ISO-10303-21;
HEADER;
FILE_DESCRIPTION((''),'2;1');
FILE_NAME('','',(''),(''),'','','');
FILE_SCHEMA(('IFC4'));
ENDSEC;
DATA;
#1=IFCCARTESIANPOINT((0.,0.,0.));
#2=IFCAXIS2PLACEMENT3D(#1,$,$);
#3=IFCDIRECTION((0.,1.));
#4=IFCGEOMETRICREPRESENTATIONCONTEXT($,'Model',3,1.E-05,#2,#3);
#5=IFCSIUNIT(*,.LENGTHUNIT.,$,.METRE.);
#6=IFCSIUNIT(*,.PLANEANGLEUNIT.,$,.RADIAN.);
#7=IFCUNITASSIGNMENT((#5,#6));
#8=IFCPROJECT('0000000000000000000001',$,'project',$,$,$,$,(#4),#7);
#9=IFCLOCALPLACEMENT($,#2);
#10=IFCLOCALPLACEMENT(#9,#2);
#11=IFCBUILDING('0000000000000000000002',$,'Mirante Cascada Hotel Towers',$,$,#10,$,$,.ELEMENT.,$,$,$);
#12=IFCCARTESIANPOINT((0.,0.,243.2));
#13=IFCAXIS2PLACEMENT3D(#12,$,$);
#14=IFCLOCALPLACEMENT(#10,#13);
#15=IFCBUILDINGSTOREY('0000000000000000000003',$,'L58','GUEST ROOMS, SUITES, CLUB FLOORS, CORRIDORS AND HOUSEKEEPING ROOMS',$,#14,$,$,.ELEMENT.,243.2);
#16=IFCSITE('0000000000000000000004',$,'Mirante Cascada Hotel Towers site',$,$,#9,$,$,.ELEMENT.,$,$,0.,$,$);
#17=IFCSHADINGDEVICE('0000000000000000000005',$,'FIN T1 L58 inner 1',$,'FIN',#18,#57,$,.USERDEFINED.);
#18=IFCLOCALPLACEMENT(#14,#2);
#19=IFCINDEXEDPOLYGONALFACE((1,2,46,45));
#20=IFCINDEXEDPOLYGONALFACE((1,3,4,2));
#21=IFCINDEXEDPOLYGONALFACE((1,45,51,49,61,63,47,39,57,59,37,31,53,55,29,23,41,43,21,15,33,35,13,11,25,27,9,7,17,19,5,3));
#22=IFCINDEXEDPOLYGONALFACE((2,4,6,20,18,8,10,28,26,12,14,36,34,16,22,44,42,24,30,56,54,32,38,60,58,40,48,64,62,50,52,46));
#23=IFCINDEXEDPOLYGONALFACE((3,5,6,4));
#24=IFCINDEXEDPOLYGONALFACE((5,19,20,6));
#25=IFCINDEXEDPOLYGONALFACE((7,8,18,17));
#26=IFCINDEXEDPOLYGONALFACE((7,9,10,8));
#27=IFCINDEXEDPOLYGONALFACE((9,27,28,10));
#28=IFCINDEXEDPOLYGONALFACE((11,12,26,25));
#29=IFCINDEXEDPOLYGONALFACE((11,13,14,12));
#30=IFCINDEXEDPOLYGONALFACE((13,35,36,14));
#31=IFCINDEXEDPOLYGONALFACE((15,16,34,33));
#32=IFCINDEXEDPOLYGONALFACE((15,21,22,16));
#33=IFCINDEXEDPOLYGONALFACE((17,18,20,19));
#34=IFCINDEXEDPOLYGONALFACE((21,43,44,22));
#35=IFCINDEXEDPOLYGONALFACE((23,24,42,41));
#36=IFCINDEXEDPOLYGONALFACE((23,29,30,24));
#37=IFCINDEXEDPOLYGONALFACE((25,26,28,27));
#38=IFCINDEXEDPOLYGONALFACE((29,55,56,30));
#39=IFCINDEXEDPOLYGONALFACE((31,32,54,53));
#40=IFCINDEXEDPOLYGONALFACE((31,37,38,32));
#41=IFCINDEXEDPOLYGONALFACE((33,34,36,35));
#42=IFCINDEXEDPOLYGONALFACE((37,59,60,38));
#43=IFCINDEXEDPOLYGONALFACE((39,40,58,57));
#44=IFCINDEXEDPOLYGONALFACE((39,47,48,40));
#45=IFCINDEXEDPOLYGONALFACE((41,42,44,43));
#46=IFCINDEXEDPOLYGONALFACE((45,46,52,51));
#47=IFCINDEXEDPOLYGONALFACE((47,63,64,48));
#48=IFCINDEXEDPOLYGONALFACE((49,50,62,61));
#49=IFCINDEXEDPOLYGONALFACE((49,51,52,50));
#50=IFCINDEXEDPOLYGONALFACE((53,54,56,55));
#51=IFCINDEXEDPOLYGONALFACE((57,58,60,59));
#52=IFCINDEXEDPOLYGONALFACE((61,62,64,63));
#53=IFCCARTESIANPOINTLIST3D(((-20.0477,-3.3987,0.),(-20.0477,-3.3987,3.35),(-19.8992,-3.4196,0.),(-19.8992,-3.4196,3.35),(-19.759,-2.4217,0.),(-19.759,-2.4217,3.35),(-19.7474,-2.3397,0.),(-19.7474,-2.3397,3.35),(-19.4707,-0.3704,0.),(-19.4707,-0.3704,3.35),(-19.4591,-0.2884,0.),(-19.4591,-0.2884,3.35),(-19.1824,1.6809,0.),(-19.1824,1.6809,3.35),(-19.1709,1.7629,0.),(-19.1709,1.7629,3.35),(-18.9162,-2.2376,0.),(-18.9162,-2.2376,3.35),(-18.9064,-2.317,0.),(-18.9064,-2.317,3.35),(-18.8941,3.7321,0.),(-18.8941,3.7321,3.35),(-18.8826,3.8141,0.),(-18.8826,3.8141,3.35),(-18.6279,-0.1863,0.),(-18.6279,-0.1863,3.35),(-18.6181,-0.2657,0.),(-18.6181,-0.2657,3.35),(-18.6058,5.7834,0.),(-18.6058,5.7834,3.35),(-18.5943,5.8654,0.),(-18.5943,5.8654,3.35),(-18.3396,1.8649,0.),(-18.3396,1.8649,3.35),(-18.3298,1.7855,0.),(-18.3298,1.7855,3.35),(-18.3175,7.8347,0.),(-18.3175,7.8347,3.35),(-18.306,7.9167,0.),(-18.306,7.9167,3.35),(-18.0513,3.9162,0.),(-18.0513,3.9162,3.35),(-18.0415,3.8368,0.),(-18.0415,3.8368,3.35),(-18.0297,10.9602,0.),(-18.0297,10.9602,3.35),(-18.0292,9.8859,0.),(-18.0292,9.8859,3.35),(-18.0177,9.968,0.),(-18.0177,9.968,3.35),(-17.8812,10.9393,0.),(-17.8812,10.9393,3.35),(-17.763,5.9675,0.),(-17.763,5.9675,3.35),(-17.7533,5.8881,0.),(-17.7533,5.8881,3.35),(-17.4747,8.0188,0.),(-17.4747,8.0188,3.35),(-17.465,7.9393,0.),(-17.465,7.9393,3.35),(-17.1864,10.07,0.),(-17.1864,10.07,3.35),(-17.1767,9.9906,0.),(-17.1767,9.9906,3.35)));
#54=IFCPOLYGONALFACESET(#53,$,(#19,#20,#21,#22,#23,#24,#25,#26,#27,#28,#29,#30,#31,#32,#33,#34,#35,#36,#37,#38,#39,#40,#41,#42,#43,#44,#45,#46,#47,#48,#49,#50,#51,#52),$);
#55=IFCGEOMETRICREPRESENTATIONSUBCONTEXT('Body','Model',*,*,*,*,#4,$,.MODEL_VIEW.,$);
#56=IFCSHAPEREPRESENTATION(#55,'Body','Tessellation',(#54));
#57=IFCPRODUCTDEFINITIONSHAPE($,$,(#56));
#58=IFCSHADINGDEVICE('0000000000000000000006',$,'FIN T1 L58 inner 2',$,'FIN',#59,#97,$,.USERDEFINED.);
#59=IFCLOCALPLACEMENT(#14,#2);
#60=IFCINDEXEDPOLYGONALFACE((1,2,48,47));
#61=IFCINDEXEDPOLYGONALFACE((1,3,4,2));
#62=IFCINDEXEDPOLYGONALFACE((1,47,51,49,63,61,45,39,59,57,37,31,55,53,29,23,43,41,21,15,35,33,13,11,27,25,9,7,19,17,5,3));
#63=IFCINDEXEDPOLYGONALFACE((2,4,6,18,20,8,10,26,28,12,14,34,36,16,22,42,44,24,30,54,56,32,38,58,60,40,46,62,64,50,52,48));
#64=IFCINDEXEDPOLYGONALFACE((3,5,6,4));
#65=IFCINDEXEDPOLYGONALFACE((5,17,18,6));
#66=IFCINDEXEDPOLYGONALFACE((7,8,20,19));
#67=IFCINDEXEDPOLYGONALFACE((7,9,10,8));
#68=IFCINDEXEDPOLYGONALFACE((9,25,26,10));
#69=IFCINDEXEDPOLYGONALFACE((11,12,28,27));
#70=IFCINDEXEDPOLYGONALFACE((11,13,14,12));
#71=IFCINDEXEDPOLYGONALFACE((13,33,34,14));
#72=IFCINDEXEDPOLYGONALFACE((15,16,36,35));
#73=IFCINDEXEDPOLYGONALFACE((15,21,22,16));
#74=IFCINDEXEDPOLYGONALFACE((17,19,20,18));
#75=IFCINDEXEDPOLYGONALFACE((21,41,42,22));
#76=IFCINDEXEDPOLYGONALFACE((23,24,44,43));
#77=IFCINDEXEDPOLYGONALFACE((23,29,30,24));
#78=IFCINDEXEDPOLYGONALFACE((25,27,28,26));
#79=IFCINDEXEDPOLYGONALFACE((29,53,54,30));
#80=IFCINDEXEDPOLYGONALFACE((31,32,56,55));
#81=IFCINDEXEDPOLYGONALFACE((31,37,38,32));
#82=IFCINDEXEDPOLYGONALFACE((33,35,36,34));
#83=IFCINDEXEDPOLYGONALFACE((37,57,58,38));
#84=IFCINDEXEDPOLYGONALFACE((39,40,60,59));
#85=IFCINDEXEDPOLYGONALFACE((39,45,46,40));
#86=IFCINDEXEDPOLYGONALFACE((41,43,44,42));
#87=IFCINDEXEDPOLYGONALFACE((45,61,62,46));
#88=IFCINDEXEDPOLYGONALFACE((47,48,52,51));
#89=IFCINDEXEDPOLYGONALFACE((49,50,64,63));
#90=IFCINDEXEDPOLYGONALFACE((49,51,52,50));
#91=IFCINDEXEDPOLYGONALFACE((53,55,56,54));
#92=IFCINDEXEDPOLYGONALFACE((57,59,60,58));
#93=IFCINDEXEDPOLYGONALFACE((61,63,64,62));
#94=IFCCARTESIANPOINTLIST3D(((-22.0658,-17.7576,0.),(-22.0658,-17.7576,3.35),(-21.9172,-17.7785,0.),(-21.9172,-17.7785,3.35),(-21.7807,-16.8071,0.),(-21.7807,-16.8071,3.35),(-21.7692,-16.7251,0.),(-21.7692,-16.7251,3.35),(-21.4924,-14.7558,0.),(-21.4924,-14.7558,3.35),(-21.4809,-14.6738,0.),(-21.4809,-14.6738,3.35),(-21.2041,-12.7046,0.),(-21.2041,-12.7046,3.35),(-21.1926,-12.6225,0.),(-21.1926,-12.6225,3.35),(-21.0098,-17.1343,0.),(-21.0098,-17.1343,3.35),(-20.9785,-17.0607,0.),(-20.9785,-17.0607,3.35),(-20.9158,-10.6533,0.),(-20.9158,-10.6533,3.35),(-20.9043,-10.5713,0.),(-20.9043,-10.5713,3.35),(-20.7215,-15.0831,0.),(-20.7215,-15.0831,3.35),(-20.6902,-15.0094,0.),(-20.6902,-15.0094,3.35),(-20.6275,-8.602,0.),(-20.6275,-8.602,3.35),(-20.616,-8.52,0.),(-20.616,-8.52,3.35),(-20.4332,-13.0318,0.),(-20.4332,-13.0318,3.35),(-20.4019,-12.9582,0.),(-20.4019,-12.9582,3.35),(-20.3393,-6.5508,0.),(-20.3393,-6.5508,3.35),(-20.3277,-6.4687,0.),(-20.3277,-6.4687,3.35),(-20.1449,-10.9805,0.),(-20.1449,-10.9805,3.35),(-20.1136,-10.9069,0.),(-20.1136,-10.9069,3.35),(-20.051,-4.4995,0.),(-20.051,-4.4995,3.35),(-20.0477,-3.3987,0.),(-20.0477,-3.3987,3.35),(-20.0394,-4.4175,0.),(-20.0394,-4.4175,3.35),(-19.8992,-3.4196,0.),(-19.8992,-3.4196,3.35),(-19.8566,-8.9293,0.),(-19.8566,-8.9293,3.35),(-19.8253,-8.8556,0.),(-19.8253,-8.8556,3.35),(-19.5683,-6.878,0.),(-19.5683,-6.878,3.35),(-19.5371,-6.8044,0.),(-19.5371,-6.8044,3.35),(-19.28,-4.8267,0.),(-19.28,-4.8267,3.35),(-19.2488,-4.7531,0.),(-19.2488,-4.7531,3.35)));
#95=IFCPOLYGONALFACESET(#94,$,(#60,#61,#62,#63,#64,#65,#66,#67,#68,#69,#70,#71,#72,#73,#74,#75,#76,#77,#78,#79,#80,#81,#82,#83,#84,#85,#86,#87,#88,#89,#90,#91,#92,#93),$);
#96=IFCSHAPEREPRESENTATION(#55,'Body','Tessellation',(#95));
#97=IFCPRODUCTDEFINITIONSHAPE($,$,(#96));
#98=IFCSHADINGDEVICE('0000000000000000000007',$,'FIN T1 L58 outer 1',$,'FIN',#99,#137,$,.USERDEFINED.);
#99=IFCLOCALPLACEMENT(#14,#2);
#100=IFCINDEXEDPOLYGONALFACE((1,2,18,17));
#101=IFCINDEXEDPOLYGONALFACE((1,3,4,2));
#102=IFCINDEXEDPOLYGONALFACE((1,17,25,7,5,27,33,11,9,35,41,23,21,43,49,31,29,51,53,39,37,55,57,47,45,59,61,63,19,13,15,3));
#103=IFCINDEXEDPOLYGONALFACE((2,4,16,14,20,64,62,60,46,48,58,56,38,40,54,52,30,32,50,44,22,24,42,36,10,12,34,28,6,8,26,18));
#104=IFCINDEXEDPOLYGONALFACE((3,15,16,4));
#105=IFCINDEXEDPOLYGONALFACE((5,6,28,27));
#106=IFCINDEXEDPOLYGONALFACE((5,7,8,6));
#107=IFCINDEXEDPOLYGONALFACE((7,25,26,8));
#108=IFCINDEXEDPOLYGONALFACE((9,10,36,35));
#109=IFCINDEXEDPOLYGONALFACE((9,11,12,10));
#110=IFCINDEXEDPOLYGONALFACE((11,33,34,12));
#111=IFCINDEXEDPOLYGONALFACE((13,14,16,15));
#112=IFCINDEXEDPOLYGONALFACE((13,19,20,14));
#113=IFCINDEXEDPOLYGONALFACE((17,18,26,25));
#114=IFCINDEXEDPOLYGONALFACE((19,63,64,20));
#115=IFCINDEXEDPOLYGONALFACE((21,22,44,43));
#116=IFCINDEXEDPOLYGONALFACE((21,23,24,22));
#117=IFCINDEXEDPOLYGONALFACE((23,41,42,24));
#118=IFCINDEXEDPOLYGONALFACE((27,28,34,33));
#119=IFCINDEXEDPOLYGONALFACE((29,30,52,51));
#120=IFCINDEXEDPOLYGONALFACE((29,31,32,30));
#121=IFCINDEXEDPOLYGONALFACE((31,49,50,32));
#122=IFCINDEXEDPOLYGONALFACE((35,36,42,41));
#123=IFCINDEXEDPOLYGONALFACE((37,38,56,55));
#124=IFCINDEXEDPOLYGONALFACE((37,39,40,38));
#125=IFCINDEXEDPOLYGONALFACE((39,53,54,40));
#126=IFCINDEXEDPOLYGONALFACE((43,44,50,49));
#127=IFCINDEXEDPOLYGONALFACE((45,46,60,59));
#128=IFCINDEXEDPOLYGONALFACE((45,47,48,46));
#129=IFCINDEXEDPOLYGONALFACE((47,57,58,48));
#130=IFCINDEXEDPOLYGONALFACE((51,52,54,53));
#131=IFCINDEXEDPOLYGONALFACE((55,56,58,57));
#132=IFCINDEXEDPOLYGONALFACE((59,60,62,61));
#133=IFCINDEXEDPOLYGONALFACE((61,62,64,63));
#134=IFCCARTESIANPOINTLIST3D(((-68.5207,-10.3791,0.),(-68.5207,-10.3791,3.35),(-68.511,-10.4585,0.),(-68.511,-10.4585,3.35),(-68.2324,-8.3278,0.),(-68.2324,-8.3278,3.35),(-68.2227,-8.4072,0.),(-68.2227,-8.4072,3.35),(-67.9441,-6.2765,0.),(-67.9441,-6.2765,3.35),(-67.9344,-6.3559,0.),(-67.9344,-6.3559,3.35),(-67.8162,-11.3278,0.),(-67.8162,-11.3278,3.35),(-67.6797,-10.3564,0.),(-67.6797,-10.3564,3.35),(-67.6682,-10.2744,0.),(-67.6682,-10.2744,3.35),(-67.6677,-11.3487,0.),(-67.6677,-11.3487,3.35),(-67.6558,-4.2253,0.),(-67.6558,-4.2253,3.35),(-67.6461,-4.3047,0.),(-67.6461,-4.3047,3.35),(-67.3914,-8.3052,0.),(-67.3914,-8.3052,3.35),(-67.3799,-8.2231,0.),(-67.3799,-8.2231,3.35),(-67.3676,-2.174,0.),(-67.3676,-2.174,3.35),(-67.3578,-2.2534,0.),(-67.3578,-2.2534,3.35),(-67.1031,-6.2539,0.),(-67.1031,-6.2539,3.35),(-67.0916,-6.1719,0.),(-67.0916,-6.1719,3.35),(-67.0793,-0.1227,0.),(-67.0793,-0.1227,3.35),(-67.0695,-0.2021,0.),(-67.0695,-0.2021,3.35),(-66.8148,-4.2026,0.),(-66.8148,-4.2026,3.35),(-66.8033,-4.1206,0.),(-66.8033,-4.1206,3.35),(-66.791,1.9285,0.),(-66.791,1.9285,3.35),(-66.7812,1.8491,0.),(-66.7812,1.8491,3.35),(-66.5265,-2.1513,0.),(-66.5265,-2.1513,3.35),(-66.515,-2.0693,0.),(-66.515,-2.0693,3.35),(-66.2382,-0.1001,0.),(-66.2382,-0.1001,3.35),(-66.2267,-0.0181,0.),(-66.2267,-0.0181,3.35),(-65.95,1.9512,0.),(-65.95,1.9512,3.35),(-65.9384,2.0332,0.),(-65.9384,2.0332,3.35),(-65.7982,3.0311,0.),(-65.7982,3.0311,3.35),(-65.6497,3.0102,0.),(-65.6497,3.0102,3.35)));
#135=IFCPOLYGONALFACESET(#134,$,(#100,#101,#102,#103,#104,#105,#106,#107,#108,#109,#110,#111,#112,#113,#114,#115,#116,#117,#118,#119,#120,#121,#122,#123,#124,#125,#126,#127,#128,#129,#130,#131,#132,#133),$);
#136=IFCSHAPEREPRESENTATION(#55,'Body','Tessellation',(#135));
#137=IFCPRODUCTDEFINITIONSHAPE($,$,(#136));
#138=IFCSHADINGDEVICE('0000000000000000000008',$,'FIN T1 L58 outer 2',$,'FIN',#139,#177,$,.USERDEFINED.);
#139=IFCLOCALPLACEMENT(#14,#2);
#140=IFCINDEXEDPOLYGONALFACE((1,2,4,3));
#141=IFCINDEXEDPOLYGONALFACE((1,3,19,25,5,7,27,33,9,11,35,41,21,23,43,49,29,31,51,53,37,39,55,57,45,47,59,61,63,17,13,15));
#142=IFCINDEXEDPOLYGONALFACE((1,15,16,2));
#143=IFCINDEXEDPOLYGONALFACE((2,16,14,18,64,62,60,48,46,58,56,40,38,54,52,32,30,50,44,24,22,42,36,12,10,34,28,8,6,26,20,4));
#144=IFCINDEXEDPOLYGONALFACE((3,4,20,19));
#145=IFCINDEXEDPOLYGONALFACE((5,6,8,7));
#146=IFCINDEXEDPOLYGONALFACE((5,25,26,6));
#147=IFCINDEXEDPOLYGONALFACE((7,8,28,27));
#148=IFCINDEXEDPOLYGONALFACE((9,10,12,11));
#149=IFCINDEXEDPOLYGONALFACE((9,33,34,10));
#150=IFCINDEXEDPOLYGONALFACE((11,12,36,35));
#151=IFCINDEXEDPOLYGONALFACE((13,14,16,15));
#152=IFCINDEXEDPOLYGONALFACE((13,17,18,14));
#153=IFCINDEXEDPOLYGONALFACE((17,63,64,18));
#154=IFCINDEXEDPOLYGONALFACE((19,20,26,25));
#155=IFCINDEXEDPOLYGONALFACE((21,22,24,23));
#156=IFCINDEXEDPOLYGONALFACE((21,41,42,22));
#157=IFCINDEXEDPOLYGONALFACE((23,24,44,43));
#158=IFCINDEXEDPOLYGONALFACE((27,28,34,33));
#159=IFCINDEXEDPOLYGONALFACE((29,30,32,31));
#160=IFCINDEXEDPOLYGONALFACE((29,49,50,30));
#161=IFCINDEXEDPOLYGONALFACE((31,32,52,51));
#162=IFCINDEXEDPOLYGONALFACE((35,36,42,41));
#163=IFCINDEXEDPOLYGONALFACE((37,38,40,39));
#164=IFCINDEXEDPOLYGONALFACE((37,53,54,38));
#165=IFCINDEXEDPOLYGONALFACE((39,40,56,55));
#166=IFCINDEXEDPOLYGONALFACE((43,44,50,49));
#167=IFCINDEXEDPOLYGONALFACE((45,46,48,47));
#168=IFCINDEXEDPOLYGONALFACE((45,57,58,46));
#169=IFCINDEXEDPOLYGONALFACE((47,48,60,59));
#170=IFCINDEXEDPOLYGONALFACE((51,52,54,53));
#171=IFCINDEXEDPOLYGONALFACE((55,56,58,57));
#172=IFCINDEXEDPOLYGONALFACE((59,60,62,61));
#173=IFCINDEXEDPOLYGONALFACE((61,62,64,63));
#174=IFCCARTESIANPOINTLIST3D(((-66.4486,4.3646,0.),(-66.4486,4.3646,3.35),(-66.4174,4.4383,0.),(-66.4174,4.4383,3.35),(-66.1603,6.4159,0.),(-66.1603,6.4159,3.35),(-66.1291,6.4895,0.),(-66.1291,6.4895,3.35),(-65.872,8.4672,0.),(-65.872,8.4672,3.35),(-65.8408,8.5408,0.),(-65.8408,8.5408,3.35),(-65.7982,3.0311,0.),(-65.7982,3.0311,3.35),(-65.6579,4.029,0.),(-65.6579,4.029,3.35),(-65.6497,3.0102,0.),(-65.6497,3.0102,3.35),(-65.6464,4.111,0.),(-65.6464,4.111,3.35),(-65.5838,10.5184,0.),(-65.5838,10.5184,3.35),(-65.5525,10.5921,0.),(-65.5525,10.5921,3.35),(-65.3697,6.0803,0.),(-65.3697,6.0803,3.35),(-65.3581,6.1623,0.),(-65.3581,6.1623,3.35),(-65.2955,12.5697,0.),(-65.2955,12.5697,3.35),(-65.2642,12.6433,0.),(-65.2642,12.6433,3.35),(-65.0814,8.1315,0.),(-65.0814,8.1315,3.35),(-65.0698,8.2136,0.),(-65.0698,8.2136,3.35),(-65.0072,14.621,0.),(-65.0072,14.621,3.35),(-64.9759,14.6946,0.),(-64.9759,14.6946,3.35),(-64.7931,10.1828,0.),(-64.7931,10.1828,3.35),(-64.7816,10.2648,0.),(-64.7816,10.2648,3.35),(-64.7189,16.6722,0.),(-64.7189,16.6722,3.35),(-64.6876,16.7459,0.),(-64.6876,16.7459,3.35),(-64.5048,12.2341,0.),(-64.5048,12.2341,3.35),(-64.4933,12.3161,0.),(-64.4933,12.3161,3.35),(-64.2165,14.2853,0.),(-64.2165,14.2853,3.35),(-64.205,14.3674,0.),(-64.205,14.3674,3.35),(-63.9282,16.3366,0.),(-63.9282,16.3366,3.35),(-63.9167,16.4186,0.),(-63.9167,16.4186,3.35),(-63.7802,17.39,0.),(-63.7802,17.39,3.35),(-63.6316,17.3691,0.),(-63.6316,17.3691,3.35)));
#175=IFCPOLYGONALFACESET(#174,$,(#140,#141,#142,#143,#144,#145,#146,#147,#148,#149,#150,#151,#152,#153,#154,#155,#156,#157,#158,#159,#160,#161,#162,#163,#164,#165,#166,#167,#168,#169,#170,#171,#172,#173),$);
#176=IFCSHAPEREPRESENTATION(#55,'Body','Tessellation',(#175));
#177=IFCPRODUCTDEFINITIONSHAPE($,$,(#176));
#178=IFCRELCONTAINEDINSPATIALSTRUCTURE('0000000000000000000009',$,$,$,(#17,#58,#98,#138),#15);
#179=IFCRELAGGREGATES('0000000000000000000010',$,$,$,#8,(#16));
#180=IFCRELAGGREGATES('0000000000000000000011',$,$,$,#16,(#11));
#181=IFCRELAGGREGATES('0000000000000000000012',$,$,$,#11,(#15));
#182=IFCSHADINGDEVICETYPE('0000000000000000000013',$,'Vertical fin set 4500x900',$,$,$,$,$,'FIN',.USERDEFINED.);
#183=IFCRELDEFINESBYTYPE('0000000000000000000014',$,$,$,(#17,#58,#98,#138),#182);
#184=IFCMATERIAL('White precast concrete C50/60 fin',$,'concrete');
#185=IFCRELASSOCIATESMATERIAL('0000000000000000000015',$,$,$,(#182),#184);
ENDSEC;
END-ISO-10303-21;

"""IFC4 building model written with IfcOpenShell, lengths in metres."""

from ifc_helpers import new_model, si_unit, direction, frame, origin, place, context, subcontext, project, spatial, polyline, outline, extrude, material, type_object, element, save


model = new_model("IFC4")

# Units and contexts
model_context = context("Model", 3, precision=1e-05, world=origin(), true_north=direction((0.0, 1.0)))
body_context = subcontext(model_context, "Body", "Model", "MODEL_VIEW")
ifc_project = project(units=[si_unit("LENGTHUNIT", "METRE"), si_unit("PLANEANGLEUNIT", "RADIAN")], contexts=[model_context])

# Site, building, storey
site_placement = place(None, origin())
site = spatial("IfcSite", under=ifc_project, at=site_placement, Name="Mirante Cascada Hotel Towers site", CompositionType="ELEMENT", RefElevation=0.0)
building_placement = place(site_placement, origin())
building = spatial("IfcBuilding", under=site, at=building_placement, Name="Mirante Cascada Hotel Towers", CompositionType="ELEMENT")
storey_placement = place(building_placement, frame((0.0, 0.0, 243.2)))
storey = spatial("IfcBuildingStorey", under=building, at=storey_placement, Name="L58", Description="GUEST ROOMS, SUITES, CLUB FLOORS, CORRIDORS AND HOUSEKEEPING ROOMS", CompositionType="ELEMENT", Elevation=243.2)

# Shading devices
ifc_material_1 = material(Name="White precast concrete C50/60 fin", Category="concrete")
shading_device_type = type_object("IfcShadingDeviceType", Name="Vertical fin set 4500x900", ElementType="FIN", PredefinedType="USERDEFINED", material=ifc_material_1)
shading_device_1_placement = place(storey_placement, origin())
element("IfcShadingDevice", 1, at=shading_device_1_placement, inside=storey, type_object=shading_device_type, Name="FIN T1 L58 inner 1", ObjectType="FIN", PredefinedType="USERDEFINED", context=body_context, shape_type="SweptSolid", body=[
    extrude(outline(polyline([(-19.759, -2.4217), (-19.8992, -3.4196), (-20.0477, -3.3987), (-18.0297, 10.9602), (-17.8812, 10.9393), (-18.0177, 9.968), (-17.1864, 10.07), (-17.1767, 9.9906), (-18.0292, 9.8859), (-18.306, 7.9167), (-17.4747, 8.0188), (-17.465, 7.9393), (-18.3175, 7.8347), (-18.5943, 5.8654), (-17.763, 5.9675), (-17.7533, 5.8881), (-18.6058, 5.7834), (-18.8826, 3.8141), (-18.0513, 3.9162), (-18.0415, 3.8368), (-18.8941, 3.7321), (-19.1709, 1.7629), (-18.3396, 1.8649), (-18.3298, 1.7855), (-19.1824, 1.6809), (-19.4591, -0.2884), (-18.6279, -0.1863), (-18.6181, -0.2657), (-19.4707, -0.3704), (-19.7474, -2.3397), (-18.9162, -2.2376), (-18.9064, -2.317), (-19.759, -2.4217)])), origin(), (0.0, 0.0, 1.0), 3.35),
])
shading_device_2_placement = place(storey_placement, origin())
element("IfcShadingDevice", 2, at=shading_device_2_placement, inside=storey, type_object=shading_device_type, Name="FIN T1 L58 inner 2", ObjectType="FIN", PredefinedType="USERDEFINED", context=body_context, shape_type="SweptSolid", body=[
    extrude(outline(polyline([(-21.7807, -16.8071), (-21.9172, -17.7785), (-22.0658, -17.7576), (-20.0477, -3.3987), (-19.8992, -3.4196), (-20.0394, -4.4175), (-19.2488, -4.7531), (-19.28, -4.8267), (-20.051, -4.4995), (-20.3277, -6.4687), (-19.5371, -6.8044), (-19.5683, -6.878), (-20.3393, -6.5508), (-20.616, -8.52), (-19.8253, -8.8556), (-19.8566, -8.9293), (-20.6275, -8.602), (-20.9043, -10.5713), (-20.1136, -10.9069), (-20.1449, -10.9805), (-20.9158, -10.6533), (-21.1926, -12.6225), (-20.4019, -12.9582), (-20.4332, -13.0318), (-21.2041, -12.7046), (-21.4809, -14.6738), (-20.6902, -15.0094), (-20.7215, -15.0831), (-21.4924, -14.7558), (-21.7692, -16.7251), (-20.9785, -17.0607), (-21.0098, -17.1343), (-21.7807, -16.8071)])), origin(), (0.0, 0.0, 1.0), 3.35),
])
shading_device_3_placement = place(storey_placement, origin())
element("IfcShadingDevice", 3, at=shading_device_3_placement, inside=storey, type_object=shading_device_type, Name="FIN T1 L58 outer 1", ObjectType="FIN", PredefinedType="USERDEFINED", context=body_context, shape_type="SweptSolid", body=[
    extrude(outline(polyline([(-67.6682, -10.2744), (-67.3914, -8.3052), (-68.2227, -8.4072), (-68.2324, -8.3278), (-67.3799, -8.2231), (-67.1031, -6.2539), (-67.9344, -6.3559), (-67.9441, -6.2765), (-67.0916, -6.1719), (-66.8148, -4.2026), (-67.6461, -4.3047), (-67.6558, -4.2253), (-66.8033, -4.1206), (-66.5265, -2.1513), (-67.3578, -2.2534), (-67.3676, -2.174), (-66.515, -2.0693), (-66.2382, -0.1001), (-67.0695, -0.2021), (-67.0793, -0.1227), (-66.2267, -0.0181), (-65.95, 1.9512), (-66.7812, 1.8491), (-66.791, 1.9285), (-65.9384, 2.0332), (-65.7982, 3.0311), (-65.6497, 3.0102), (-67.6677, -11.3487), (-67.8162, -11.3278), (-67.6797, -10.3564), (-68.511, -10.4585), (-68.5207, -10.3791), (-67.6682, -10.2744)])), origin(), (0.0, 0.0, 1.0), 3.35),
])
shading_device_4_placement = place(storey_placement, origin())
element("IfcShadingDevice", 4, at=shading_device_4_placement, inside=storey, type_object=shading_device_type, Name="FIN T1 L58 outer 2", ObjectType="FIN", PredefinedType="USERDEFINED", context=body_context, shape_type="SweptSolid", body=[
    extrude(outline(polyline([(-65.6464, 4.111), (-65.3697, 6.0803), (-66.1603, 6.4159), (-66.1291, 6.4895), (-65.3581, 6.1623), (-65.0814, 8.1315), (-65.872, 8.4672), (-65.8408, 8.5408), (-65.0698, 8.2136), (-64.7931, 10.1828), (-65.5838, 10.5184), (-65.5525, 10.5921), (-64.7816, 10.2648), (-64.5048, 12.2341), (-65.2955, 12.5697), (-65.2642, 12.6433), (-64.4933, 12.3161), (-64.2165, 14.2853), (-65.0072, 14.621), (-64.9759, 14.6946), (-64.205, 14.3674), (-63.9282, 16.3366), (-64.7189, 16.6722), (-64.6876, 16.7459), (-63.9167, 16.4186), (-63.7802, 17.39), (-63.6316, 17.3691), (-65.6497, 3.0102), (-65.7982, 3.0311), (-65.6579, 4.029), (-66.4486, 4.3646), (-66.4174, 4.4383), (-65.6464, 4.111)])), origin(), (0.0, 0.0, 1.0), 3.35),
])

save(model, "model.ifc")
